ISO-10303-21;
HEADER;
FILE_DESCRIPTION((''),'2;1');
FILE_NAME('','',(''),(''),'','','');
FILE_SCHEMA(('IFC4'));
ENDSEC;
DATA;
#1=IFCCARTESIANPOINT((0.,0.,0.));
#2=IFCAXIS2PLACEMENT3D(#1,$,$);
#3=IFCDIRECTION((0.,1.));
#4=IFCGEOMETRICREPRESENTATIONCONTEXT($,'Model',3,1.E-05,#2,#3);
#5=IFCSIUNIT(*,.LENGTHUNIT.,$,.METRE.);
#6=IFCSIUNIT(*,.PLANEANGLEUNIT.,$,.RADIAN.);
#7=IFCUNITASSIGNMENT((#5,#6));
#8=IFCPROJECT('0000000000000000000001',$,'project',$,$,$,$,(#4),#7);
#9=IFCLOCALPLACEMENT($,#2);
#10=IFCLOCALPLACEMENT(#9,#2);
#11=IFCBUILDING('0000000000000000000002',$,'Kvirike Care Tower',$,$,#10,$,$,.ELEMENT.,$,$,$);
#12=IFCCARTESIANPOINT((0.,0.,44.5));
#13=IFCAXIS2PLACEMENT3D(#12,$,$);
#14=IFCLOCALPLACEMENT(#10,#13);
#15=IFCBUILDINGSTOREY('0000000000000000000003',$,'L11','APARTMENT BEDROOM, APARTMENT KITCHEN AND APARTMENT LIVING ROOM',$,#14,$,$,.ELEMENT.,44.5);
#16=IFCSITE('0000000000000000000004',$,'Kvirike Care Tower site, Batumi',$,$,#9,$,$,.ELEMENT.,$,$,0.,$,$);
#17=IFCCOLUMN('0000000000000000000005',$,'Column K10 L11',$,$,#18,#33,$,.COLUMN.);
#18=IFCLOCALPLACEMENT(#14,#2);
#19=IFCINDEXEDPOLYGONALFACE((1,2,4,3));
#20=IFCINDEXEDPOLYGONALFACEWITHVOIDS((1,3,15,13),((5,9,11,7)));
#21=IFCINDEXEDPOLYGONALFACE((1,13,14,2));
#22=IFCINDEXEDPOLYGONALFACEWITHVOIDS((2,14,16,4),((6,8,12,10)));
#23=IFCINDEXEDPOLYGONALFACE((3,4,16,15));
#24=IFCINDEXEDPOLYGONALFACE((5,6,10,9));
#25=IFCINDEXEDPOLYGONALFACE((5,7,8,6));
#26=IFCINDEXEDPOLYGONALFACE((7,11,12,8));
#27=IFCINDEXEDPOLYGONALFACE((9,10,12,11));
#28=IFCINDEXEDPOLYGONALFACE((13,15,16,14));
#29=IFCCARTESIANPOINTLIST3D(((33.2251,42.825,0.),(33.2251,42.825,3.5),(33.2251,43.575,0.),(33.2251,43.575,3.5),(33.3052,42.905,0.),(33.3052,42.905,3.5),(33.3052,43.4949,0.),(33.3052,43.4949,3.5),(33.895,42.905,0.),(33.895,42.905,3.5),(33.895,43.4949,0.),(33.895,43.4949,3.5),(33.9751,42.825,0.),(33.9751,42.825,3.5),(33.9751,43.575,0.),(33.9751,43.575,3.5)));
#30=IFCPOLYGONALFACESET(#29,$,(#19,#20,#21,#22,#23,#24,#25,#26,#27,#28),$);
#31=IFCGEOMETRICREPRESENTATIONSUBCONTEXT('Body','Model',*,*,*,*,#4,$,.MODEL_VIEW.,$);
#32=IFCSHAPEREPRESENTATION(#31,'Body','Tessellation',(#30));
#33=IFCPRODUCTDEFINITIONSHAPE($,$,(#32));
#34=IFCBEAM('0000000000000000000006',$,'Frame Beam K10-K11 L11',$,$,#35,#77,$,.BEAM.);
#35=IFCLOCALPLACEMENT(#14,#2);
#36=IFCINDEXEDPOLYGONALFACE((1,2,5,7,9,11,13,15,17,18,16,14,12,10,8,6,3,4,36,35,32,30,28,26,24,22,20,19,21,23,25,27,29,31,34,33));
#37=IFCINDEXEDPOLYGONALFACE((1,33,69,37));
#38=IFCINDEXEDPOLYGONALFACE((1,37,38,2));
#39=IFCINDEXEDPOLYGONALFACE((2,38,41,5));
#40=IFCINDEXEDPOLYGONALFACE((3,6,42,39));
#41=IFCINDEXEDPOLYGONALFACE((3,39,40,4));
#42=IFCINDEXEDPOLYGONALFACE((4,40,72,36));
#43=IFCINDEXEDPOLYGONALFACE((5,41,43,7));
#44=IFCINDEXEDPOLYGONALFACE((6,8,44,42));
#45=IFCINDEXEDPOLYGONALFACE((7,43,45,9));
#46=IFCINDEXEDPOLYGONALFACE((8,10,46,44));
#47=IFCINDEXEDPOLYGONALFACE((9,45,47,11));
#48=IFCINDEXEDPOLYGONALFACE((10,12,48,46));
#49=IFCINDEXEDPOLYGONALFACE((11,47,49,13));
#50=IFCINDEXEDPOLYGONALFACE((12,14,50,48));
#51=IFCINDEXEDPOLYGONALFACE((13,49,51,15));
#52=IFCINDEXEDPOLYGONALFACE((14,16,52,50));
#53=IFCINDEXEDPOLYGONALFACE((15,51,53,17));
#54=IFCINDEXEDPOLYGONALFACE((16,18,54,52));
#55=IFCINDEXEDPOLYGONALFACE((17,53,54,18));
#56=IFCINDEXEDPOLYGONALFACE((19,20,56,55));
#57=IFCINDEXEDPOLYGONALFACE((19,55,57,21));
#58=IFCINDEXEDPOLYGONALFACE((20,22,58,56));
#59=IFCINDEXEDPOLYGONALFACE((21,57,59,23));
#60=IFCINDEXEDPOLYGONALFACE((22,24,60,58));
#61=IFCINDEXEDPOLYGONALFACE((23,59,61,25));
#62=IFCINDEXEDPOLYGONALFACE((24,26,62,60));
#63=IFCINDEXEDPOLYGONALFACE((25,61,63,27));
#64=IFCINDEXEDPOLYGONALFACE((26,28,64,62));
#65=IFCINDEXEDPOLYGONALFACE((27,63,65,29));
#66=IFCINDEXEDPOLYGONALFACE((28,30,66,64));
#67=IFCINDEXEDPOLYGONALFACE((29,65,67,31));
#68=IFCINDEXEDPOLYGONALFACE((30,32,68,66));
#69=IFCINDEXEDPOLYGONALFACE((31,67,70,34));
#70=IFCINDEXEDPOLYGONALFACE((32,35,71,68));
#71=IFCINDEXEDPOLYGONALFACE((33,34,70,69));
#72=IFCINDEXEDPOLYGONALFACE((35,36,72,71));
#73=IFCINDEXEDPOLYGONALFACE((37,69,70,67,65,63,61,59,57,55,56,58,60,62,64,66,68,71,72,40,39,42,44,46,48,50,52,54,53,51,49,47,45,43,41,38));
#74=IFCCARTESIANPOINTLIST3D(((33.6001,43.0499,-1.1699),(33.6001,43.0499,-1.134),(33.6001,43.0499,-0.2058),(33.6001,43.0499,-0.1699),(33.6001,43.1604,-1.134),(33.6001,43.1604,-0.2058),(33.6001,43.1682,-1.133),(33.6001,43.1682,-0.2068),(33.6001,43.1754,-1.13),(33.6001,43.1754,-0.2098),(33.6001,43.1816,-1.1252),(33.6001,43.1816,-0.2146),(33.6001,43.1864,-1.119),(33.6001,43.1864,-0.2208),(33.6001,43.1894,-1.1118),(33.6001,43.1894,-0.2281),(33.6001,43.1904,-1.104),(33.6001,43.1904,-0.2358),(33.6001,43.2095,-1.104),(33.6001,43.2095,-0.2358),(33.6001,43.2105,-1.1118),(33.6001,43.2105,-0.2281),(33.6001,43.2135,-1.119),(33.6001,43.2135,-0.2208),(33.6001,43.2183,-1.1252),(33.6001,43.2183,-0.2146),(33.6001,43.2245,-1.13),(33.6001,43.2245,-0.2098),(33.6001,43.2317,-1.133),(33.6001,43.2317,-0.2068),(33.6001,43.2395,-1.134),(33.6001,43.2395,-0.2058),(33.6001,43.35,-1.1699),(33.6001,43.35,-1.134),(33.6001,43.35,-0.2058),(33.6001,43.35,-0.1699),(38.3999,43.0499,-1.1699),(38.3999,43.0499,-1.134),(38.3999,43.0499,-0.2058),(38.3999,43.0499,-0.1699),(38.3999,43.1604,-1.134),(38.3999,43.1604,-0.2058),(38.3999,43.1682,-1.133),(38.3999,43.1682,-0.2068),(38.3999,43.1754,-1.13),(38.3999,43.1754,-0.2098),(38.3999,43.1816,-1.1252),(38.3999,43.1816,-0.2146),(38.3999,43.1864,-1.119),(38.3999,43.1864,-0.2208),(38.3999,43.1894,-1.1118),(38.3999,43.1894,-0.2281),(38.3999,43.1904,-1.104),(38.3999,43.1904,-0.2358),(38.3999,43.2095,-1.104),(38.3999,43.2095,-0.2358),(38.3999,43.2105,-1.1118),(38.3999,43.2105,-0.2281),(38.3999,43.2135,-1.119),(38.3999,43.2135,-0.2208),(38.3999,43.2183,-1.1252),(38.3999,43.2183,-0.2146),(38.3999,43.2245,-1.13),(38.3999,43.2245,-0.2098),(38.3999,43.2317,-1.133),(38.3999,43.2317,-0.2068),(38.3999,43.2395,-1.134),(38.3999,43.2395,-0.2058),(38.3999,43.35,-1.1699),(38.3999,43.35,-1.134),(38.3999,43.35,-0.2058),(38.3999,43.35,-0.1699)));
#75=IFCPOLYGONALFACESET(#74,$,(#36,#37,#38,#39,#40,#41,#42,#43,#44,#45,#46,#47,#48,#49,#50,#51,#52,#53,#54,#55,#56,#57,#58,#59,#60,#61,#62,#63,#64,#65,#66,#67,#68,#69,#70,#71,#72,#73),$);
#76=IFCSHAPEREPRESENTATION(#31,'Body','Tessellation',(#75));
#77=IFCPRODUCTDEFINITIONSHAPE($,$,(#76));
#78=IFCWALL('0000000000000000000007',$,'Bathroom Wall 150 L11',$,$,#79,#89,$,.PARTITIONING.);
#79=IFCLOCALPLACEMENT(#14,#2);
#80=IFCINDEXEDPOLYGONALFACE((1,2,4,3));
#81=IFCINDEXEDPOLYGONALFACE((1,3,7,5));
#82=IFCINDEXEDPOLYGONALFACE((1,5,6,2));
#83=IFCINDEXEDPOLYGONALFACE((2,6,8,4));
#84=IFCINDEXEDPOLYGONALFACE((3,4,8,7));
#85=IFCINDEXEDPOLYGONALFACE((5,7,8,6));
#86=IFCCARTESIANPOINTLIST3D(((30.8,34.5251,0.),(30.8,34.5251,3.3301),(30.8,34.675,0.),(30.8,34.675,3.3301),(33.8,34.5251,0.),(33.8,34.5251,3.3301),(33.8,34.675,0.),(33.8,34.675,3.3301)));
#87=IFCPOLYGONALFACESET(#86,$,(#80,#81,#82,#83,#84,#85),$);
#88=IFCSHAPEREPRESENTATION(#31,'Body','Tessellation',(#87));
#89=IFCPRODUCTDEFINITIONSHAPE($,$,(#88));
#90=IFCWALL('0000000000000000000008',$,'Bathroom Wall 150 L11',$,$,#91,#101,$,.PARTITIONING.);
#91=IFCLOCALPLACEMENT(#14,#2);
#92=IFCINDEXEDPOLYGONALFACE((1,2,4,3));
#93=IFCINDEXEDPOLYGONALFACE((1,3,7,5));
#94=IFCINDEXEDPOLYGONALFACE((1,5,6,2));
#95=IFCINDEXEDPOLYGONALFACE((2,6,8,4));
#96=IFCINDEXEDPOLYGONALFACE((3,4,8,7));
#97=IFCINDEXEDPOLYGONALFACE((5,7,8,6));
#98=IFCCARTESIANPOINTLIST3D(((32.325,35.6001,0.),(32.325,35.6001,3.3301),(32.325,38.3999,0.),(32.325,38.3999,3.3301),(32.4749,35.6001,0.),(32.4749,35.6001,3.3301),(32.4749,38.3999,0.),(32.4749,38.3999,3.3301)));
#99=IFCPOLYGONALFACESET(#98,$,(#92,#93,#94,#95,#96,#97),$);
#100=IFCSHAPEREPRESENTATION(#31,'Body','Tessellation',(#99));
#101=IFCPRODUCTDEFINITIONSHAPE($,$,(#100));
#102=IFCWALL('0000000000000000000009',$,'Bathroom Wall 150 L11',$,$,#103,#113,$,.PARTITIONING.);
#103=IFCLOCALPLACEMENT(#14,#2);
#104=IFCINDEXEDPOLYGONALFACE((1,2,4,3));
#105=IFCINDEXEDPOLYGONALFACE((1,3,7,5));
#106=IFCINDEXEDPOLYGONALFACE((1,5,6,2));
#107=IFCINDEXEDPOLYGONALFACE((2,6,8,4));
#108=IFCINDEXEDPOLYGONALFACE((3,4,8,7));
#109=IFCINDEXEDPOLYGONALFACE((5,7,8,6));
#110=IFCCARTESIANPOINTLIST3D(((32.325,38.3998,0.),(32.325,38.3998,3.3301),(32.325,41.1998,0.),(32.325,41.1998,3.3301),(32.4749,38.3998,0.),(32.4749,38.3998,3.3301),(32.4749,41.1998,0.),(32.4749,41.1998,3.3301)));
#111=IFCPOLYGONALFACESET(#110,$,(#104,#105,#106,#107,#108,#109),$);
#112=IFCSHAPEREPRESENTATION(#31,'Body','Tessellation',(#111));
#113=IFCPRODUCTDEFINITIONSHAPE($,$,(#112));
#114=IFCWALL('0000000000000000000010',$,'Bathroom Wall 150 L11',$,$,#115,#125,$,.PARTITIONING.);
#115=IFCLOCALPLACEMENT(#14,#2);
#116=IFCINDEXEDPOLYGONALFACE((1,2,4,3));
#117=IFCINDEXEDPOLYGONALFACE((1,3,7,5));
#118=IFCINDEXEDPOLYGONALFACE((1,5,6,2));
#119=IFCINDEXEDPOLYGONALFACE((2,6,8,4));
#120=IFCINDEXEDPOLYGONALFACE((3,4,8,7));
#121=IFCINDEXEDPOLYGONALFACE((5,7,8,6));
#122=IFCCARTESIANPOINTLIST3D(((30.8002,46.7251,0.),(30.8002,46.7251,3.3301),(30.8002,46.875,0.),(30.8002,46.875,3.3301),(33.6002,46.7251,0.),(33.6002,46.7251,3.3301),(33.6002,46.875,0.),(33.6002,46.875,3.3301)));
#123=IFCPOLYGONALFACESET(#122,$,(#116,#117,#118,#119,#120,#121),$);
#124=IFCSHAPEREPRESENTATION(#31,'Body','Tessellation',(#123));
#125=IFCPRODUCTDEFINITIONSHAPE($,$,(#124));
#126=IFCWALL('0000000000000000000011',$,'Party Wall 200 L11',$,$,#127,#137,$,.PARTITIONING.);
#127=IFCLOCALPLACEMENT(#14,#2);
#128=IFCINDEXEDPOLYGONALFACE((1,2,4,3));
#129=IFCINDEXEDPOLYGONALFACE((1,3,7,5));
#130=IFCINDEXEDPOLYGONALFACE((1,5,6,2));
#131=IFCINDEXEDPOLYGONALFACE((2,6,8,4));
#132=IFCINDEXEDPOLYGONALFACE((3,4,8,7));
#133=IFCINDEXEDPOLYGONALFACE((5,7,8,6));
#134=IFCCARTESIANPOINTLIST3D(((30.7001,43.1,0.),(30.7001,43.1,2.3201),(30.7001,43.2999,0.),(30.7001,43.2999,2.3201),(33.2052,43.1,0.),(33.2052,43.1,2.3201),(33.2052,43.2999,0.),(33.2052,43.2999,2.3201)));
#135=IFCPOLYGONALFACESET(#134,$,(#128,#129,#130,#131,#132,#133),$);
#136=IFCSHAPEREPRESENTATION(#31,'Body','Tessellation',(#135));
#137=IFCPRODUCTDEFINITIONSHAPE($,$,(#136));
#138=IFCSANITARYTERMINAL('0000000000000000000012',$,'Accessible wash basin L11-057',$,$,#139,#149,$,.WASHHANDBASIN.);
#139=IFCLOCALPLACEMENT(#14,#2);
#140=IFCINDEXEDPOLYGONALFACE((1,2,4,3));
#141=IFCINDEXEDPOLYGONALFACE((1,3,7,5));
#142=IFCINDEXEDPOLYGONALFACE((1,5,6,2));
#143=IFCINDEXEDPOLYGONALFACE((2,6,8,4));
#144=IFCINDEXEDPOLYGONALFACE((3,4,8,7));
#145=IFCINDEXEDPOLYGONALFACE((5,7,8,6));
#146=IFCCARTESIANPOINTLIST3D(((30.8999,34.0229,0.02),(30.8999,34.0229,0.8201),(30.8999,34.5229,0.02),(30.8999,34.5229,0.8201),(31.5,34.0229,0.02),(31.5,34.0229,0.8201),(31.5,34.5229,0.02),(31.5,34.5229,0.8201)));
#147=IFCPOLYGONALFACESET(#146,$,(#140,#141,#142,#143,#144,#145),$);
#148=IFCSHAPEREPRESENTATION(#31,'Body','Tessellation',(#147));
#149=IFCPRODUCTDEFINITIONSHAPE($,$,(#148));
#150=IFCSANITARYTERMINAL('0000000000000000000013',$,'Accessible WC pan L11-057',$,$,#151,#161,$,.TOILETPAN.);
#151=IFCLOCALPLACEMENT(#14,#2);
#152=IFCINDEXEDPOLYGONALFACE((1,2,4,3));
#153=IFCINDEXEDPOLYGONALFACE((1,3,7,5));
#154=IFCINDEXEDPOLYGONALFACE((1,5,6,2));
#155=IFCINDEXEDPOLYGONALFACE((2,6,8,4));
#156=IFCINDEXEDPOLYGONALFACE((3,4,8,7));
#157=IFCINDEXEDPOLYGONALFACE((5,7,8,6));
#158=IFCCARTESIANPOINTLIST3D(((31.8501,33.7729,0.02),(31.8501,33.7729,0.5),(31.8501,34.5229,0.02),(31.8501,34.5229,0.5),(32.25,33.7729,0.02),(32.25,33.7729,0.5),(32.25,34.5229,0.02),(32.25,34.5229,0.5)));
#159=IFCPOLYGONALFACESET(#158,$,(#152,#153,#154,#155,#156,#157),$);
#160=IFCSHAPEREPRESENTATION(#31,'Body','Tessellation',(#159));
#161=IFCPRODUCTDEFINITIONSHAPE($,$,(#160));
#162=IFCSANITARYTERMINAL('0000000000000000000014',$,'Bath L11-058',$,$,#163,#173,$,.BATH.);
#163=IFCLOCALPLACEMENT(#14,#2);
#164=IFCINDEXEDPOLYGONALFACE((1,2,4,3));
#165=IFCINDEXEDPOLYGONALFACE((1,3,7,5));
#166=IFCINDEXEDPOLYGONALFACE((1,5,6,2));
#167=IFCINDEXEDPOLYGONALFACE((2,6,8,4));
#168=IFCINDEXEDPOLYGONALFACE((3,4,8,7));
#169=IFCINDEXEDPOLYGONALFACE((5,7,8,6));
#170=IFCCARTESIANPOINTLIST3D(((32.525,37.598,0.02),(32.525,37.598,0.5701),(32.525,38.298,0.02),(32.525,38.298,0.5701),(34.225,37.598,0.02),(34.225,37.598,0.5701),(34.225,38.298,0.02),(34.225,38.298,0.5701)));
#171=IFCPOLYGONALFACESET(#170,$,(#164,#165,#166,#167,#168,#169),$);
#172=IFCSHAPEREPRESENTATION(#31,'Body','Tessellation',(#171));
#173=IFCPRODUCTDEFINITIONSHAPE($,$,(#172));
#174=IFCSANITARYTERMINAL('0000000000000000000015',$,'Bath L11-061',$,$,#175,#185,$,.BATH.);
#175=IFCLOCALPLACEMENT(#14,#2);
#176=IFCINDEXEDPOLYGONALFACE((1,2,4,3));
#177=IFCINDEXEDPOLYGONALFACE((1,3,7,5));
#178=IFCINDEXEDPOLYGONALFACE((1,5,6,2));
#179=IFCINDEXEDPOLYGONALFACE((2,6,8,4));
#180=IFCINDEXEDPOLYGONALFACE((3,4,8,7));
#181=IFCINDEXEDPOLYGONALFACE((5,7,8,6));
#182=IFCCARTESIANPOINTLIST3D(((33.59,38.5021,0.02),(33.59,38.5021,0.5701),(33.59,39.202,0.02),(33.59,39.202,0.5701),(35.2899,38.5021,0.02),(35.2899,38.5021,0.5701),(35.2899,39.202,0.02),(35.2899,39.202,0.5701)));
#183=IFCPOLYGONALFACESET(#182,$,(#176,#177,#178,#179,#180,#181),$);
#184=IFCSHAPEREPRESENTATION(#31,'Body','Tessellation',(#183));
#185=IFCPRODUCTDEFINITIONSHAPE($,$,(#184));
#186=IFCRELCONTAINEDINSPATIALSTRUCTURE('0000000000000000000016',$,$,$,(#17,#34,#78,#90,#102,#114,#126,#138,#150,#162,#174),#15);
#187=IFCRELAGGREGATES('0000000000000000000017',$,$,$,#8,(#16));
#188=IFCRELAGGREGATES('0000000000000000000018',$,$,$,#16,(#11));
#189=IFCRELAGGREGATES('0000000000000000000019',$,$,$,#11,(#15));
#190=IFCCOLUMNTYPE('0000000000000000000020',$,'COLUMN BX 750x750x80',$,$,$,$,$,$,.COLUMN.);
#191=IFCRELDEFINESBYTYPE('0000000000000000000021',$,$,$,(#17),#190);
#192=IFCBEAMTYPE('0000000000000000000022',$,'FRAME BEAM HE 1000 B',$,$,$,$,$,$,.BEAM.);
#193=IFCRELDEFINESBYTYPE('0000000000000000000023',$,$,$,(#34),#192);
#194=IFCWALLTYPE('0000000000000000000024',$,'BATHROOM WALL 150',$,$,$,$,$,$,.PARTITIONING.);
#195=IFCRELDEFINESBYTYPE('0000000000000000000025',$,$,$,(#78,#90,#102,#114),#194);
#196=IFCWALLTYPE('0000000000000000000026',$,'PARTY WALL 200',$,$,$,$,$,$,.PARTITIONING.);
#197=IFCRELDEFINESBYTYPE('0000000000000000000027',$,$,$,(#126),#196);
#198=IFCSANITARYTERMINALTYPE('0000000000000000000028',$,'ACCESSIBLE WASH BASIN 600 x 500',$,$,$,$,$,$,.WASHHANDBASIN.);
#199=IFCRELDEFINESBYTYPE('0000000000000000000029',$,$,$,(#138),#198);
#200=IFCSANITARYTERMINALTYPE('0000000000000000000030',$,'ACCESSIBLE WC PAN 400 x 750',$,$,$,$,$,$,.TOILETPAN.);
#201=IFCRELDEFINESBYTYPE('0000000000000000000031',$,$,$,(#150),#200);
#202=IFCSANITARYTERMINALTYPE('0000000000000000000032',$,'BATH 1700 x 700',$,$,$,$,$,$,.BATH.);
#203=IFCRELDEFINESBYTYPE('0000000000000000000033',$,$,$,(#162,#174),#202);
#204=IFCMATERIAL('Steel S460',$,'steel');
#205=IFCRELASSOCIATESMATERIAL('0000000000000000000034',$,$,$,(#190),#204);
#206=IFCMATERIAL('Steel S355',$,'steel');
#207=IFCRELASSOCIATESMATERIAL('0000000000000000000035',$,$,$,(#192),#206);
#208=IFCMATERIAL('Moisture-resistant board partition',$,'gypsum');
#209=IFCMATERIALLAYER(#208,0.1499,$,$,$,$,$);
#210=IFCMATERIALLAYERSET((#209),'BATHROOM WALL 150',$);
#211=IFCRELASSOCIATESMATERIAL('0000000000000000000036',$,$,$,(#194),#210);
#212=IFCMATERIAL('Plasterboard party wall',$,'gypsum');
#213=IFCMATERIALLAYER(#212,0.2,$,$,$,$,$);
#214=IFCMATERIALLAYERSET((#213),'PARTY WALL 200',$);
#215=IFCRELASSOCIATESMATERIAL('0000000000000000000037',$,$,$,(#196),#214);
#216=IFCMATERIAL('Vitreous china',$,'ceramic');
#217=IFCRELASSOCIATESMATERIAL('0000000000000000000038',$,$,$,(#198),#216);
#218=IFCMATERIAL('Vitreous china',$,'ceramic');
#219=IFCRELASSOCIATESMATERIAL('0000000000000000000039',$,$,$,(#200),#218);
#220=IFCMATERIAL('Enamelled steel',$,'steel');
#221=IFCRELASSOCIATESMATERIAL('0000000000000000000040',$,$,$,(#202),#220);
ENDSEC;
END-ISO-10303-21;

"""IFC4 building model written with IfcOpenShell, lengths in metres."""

from ifc_helpers import new_model, si_unit, direction, frame, frame_2d, origin, origin_2d, place, context, subcontext, project, spatial, rectangle, hollow_rectangle, i_section, extrude, material, layer, layer_set, material_profile, profile_set, type_object, element, save


model = new_model("IFC4")

# Units and contexts
model_context = context("Model", 3, precision=1e-05, world=origin(), true_north=direction((0.0, 1.0)))
body_context = subcontext(model_context, "Body", "Model", "MODEL_VIEW")
ifc_project = project(units=[si_unit("LENGTHUNIT", "METRE"), si_unit("PLANEANGLEUNIT", "RADIAN")], contexts=[model_context])

# Site, building, storey
site_placement = place(None, origin())
site = spatial("IfcSite", under=ifc_project, at=site_placement, Name="Kvirike Care Tower site, Batumi", CompositionType="ELEMENT", RefElevation=0.0)
building_placement = place(site_placement, origin())
building = spatial("IfcBuilding", under=site, at=building_placement, Name="Kvirike Care Tower", CompositionType="ELEMENT")
storey_placement = place(building_placement, frame((0.0, 0.0, 44.5)))
storey = spatial("IfcBuildingStorey", under=building, at=storey_placement, Name="L11", Description="APARTMENT BEDROOM, APARTMENT KITCHEN AND APARTMENT LIVING ROOM", CompositionType="ELEMENT", Elevation=44.5)

# Column
ifc_material_1 = material(Name="Steel S460", Category="steel")
ifc_material_profile_1 = material_profile(ifc_material_1, hollow_rectangle(XDim=0.75, YDim=0.75, WallThickness=0.0801, at=origin_2d()), Name="BX 750x750x80")
ifc_profile_set_1 = profile_set([ifc_material_profile_1], Name="Steel S460")
column_type = type_object("IfcColumnType", Name="COLUMN BX 750x750x80", PredefinedType="COLUMN", material=ifc_profile_set_1)
column_placement = place(storey_placement, frame((33.6001, 43.2, 0.0), z_axis=(0.0, 0.0, 1.0), x_axis=(0.0, 1.0, 0.0)))
element("IfcColumn", 1, at=column_placement, inside=storey, type_object=column_type, Name="Column K10 L11", PredefinedType="COLUMN", context=body_context, shape_type="SweptSolid", body=[
    extrude(hollow_rectangle(XDim=0.75, YDim=0.75, WallThickness=0.0801, at=origin_2d()), origin(), (0.0, 0.0, 1.0), 3.5),
])

# Beam
ifc_material_2 = material(Name="Steel S355", Category="steel")
ifc_material_profile_2 = material_profile(ifc_material_2, i_section(OverallWidth=0.3, OverallDepth=1.0, WebThickness=0.019, FlangeThickness=0.0359, FilletRadius=0.03, at=origin_2d()), Name="HE 1000 B")
ifc_profile_set_2 = profile_set([ifc_material_profile_2], Name="Steel S355")
beam_type = type_object("IfcBeamType", Name="FRAME BEAM HE 1000 B", PredefinedType="BEAM", material=ifc_profile_set_2)
beam_placement = place(storey_placement, frame((33.6001, 43.2, -0.6699), z_axis=(1.0, 0.0, 0.0), x_axis=(0.0, 1.0, 0.0)))
element("IfcBeam", 2, at=beam_placement, inside=storey, type_object=beam_type, Name="Frame Beam K10-K11 L11", PredefinedType="BEAM", context=body_context, shape_type="SweptSolid", body=[
    extrude(i_section(OverallWidth=0.3, OverallDepth=1.0, WebThickness=0.019, FlangeThickness=0.0359, FilletRadius=0.03, at=origin_2d()), origin(), (0.0, 0.0, 1.0), 4.7998),
])

# Walls
ifc_material_3 = material(Name="Moisture-resistant board partition", Category="gypsum")
ifc_layer_1 = layer(ifc_material_3, 0.1499)
ifc_layer_set_1 = layer_set([ifc_layer_1], Name="BATHROOM WALL 150")
wall_type_1 = type_object("IfcWallType", Name="BATHROOM WALL 150", PredefinedType="PARTITIONING", material=ifc_layer_set_1)
wall_1_placement = place(storey_placement, frame((33.8, 34.6001, 0.0), z_axis=(0.0, 0.0, 1.0), x_axis=(-1.0, 0.0, 0.0)))
element("IfcWall", 3, at=wall_1_placement, inside=storey, type_object=wall_type_1, Name="Bathroom Wall 150 L11", PredefinedType="PARTITIONING", context=body_context, shape_type="SweptSolid", body=[
    extrude(rectangle(XDim=3.0, YDim=0.1499, at=frame_2d((1.5, 0.0))), origin(), (0.0, 0.0, 1.0), 3.3301),
])
wall_2_placement = place(storey_placement, frame((32.3999, 35.6001, 0.0), z_axis=(0.0, 0.0, 1.0), x_axis=(0.0, 1.0, 0.0)))
element("IfcWall", 4, at=wall_2_placement, inside=storey, type_object=wall_type_1, Name="Bathroom Wall 150 L11", PredefinedType="PARTITIONING", context=body_context, shape_type="SweptSolid", body=[
    extrude(rectangle(XDim=2.7998, YDim=0.1499, at=frame_2d((1.3999, 0.0))), origin(), (0.0, 0.0, 1.0), 3.3301),
])
for number, where, z_axis, x_axis, name in (
    (5, (32.3999, 38.3999, 0.0), (0.0, 0.0, 1.0), (0.0, 1.0, 0.0), "Bathroom Wall 150 L11"),
    (6, (33.6001, 46.8, 0.0), (0.0, 0.0, 1.0), (-1.0, 0.0, 0.0), "Bathroom Wall 150 L11"),
):
    element("IfcWall", number, at=place(storey_placement, frame(where, z_axis=z_axis, x_axis=x_axis)), inside=storey, type_object=wall_type_1, Name=name, PredefinedType="PARTITIONING", context=body_context, shape_type="SweptSolid", body=[
        extrude(rectangle(XDim=2.8, YDim=0.1499, at=frame_2d((1.3999, 0.0))), origin(), (0.0, 0.0, 1.0), 3.3301),
    ])
ifc_material_4 = material(Name="Plasterboard party wall", Category="gypsum")
ifc_layer_2 = layer(ifc_material_4, 0.2)
ifc_layer_set_2 = layer_set([ifc_layer_2], Name="PARTY WALL 200")
wall_type_2 = type_object("IfcWallType", Name="PARTY WALL 200", PredefinedType="PARTITIONING", material=ifc_layer_set_2)
wall_3_placement = place(storey_placement, frame((33.2051, 43.2, 0.0), z_axis=(0.0, 0.0, 1.0), x_axis=(-1.0, 0.0, 0.0)))
element("IfcWall", 7, at=wall_3_placement, inside=storey, type_object=wall_type_2, Name="Party Wall 200 L11", PredefinedType="PARTITIONING", context=body_context, shape_type="SweptSolid", body=[
    extrude(rectangle(XDim=2.5051, YDim=0.2, at=frame_2d((1.2524, 0.0))), origin(), (0.0, 0.0, 1.0), 2.3201),
])

# Sanitary terminals
ifc_material_5 = material(Name="Vitreous china", Category="ceramic")
sanitary_terminal_type_1 = type_object("IfcSanitaryTerminalType", Name="ACCESSIBLE WASH BASIN 600 x 500", PredefinedType="WASHHANDBASIN", material=ifc_material_5)
sanitary_terminal_1_placement = place(storey_placement, frame((31.2, 34.2729, 0.02), z_axis=(0.0, 0.0, 1.0), x_axis=(1.0, 0.0, 0.0)))
element("IfcSanitaryTerminal", 8, at=sanitary_terminal_1_placement, inside=storey, type_object=sanitary_terminal_type_1, Name="Accessible wash basin L11-057", PredefinedType="WASHHANDBASIN", context=body_context, shape_type="SweptSolid", body=[
    extrude(rectangle(XDim=0.6001, YDim=0.5, at=origin_2d()), origin(), (0.0, 0.0, 1.0), 0.8),
])
ifc_material_6 = material(Name="Vitreous china", Category="ceramic")
sanitary_terminal_type_2 = type_object("IfcSanitaryTerminalType", Name="ACCESSIBLE WC PAN 400 x 750", PredefinedType="TOILETPAN", material=ifc_material_6)
sanitary_terminal_2_placement = place(storey_placement, frame((32.05, 34.1479, 0.02), z_axis=(0.0, 0.0, 1.0), x_axis=(1.0, 0.0, 0.0)))
element("IfcSanitaryTerminal", 9, at=sanitary_terminal_2_placement, inside=storey, type_object=sanitary_terminal_type_2, Name="Accessible WC pan L11-057", PredefinedType="TOILETPAN", context=body_context, shape_type="SweptSolid", body=[
    extrude(rectangle(XDim=0.3999, YDim=0.75, at=origin_2d()), origin(), (0.0, 0.0, 1.0), 0.48),
])
ifc_material_7 = material(Name="Enamelled steel", Category="steel")
sanitary_terminal_type_3 = type_object("IfcSanitaryTerminalType", Name="BATH 1700 x 700", PredefinedType="BATH", material=ifc_material_7)
for number, where, z_axis, x_axis, name in (
    (10, (33.375, 37.948, 0.02), (0.0, 0.0, 1.0), (1.0, 0.0, 0.0), "Bath L11-058"),
    (11, (34.4399, 38.8521, 0.02), (0.0, 0.0, 1.0), (-1.0, 0.0, 0.0), "Bath L11-061"),
):
    element("IfcSanitaryTerminal", number, at=place(storey_placement, frame(where, z_axis=z_axis, x_axis=x_axis)), inside=storey, type_object=sanitary_terminal_type_3, Name=name, PredefinedType="BATH", context=body_context, shape_type="SweptSolid", body=[
        extrude(rectangle(XDim=1.7, YDim=0.7, at=origin_2d()), origin(), (0.0, 0.0, 1.0), 0.55),
    ])

save(model, "model.ifc")
